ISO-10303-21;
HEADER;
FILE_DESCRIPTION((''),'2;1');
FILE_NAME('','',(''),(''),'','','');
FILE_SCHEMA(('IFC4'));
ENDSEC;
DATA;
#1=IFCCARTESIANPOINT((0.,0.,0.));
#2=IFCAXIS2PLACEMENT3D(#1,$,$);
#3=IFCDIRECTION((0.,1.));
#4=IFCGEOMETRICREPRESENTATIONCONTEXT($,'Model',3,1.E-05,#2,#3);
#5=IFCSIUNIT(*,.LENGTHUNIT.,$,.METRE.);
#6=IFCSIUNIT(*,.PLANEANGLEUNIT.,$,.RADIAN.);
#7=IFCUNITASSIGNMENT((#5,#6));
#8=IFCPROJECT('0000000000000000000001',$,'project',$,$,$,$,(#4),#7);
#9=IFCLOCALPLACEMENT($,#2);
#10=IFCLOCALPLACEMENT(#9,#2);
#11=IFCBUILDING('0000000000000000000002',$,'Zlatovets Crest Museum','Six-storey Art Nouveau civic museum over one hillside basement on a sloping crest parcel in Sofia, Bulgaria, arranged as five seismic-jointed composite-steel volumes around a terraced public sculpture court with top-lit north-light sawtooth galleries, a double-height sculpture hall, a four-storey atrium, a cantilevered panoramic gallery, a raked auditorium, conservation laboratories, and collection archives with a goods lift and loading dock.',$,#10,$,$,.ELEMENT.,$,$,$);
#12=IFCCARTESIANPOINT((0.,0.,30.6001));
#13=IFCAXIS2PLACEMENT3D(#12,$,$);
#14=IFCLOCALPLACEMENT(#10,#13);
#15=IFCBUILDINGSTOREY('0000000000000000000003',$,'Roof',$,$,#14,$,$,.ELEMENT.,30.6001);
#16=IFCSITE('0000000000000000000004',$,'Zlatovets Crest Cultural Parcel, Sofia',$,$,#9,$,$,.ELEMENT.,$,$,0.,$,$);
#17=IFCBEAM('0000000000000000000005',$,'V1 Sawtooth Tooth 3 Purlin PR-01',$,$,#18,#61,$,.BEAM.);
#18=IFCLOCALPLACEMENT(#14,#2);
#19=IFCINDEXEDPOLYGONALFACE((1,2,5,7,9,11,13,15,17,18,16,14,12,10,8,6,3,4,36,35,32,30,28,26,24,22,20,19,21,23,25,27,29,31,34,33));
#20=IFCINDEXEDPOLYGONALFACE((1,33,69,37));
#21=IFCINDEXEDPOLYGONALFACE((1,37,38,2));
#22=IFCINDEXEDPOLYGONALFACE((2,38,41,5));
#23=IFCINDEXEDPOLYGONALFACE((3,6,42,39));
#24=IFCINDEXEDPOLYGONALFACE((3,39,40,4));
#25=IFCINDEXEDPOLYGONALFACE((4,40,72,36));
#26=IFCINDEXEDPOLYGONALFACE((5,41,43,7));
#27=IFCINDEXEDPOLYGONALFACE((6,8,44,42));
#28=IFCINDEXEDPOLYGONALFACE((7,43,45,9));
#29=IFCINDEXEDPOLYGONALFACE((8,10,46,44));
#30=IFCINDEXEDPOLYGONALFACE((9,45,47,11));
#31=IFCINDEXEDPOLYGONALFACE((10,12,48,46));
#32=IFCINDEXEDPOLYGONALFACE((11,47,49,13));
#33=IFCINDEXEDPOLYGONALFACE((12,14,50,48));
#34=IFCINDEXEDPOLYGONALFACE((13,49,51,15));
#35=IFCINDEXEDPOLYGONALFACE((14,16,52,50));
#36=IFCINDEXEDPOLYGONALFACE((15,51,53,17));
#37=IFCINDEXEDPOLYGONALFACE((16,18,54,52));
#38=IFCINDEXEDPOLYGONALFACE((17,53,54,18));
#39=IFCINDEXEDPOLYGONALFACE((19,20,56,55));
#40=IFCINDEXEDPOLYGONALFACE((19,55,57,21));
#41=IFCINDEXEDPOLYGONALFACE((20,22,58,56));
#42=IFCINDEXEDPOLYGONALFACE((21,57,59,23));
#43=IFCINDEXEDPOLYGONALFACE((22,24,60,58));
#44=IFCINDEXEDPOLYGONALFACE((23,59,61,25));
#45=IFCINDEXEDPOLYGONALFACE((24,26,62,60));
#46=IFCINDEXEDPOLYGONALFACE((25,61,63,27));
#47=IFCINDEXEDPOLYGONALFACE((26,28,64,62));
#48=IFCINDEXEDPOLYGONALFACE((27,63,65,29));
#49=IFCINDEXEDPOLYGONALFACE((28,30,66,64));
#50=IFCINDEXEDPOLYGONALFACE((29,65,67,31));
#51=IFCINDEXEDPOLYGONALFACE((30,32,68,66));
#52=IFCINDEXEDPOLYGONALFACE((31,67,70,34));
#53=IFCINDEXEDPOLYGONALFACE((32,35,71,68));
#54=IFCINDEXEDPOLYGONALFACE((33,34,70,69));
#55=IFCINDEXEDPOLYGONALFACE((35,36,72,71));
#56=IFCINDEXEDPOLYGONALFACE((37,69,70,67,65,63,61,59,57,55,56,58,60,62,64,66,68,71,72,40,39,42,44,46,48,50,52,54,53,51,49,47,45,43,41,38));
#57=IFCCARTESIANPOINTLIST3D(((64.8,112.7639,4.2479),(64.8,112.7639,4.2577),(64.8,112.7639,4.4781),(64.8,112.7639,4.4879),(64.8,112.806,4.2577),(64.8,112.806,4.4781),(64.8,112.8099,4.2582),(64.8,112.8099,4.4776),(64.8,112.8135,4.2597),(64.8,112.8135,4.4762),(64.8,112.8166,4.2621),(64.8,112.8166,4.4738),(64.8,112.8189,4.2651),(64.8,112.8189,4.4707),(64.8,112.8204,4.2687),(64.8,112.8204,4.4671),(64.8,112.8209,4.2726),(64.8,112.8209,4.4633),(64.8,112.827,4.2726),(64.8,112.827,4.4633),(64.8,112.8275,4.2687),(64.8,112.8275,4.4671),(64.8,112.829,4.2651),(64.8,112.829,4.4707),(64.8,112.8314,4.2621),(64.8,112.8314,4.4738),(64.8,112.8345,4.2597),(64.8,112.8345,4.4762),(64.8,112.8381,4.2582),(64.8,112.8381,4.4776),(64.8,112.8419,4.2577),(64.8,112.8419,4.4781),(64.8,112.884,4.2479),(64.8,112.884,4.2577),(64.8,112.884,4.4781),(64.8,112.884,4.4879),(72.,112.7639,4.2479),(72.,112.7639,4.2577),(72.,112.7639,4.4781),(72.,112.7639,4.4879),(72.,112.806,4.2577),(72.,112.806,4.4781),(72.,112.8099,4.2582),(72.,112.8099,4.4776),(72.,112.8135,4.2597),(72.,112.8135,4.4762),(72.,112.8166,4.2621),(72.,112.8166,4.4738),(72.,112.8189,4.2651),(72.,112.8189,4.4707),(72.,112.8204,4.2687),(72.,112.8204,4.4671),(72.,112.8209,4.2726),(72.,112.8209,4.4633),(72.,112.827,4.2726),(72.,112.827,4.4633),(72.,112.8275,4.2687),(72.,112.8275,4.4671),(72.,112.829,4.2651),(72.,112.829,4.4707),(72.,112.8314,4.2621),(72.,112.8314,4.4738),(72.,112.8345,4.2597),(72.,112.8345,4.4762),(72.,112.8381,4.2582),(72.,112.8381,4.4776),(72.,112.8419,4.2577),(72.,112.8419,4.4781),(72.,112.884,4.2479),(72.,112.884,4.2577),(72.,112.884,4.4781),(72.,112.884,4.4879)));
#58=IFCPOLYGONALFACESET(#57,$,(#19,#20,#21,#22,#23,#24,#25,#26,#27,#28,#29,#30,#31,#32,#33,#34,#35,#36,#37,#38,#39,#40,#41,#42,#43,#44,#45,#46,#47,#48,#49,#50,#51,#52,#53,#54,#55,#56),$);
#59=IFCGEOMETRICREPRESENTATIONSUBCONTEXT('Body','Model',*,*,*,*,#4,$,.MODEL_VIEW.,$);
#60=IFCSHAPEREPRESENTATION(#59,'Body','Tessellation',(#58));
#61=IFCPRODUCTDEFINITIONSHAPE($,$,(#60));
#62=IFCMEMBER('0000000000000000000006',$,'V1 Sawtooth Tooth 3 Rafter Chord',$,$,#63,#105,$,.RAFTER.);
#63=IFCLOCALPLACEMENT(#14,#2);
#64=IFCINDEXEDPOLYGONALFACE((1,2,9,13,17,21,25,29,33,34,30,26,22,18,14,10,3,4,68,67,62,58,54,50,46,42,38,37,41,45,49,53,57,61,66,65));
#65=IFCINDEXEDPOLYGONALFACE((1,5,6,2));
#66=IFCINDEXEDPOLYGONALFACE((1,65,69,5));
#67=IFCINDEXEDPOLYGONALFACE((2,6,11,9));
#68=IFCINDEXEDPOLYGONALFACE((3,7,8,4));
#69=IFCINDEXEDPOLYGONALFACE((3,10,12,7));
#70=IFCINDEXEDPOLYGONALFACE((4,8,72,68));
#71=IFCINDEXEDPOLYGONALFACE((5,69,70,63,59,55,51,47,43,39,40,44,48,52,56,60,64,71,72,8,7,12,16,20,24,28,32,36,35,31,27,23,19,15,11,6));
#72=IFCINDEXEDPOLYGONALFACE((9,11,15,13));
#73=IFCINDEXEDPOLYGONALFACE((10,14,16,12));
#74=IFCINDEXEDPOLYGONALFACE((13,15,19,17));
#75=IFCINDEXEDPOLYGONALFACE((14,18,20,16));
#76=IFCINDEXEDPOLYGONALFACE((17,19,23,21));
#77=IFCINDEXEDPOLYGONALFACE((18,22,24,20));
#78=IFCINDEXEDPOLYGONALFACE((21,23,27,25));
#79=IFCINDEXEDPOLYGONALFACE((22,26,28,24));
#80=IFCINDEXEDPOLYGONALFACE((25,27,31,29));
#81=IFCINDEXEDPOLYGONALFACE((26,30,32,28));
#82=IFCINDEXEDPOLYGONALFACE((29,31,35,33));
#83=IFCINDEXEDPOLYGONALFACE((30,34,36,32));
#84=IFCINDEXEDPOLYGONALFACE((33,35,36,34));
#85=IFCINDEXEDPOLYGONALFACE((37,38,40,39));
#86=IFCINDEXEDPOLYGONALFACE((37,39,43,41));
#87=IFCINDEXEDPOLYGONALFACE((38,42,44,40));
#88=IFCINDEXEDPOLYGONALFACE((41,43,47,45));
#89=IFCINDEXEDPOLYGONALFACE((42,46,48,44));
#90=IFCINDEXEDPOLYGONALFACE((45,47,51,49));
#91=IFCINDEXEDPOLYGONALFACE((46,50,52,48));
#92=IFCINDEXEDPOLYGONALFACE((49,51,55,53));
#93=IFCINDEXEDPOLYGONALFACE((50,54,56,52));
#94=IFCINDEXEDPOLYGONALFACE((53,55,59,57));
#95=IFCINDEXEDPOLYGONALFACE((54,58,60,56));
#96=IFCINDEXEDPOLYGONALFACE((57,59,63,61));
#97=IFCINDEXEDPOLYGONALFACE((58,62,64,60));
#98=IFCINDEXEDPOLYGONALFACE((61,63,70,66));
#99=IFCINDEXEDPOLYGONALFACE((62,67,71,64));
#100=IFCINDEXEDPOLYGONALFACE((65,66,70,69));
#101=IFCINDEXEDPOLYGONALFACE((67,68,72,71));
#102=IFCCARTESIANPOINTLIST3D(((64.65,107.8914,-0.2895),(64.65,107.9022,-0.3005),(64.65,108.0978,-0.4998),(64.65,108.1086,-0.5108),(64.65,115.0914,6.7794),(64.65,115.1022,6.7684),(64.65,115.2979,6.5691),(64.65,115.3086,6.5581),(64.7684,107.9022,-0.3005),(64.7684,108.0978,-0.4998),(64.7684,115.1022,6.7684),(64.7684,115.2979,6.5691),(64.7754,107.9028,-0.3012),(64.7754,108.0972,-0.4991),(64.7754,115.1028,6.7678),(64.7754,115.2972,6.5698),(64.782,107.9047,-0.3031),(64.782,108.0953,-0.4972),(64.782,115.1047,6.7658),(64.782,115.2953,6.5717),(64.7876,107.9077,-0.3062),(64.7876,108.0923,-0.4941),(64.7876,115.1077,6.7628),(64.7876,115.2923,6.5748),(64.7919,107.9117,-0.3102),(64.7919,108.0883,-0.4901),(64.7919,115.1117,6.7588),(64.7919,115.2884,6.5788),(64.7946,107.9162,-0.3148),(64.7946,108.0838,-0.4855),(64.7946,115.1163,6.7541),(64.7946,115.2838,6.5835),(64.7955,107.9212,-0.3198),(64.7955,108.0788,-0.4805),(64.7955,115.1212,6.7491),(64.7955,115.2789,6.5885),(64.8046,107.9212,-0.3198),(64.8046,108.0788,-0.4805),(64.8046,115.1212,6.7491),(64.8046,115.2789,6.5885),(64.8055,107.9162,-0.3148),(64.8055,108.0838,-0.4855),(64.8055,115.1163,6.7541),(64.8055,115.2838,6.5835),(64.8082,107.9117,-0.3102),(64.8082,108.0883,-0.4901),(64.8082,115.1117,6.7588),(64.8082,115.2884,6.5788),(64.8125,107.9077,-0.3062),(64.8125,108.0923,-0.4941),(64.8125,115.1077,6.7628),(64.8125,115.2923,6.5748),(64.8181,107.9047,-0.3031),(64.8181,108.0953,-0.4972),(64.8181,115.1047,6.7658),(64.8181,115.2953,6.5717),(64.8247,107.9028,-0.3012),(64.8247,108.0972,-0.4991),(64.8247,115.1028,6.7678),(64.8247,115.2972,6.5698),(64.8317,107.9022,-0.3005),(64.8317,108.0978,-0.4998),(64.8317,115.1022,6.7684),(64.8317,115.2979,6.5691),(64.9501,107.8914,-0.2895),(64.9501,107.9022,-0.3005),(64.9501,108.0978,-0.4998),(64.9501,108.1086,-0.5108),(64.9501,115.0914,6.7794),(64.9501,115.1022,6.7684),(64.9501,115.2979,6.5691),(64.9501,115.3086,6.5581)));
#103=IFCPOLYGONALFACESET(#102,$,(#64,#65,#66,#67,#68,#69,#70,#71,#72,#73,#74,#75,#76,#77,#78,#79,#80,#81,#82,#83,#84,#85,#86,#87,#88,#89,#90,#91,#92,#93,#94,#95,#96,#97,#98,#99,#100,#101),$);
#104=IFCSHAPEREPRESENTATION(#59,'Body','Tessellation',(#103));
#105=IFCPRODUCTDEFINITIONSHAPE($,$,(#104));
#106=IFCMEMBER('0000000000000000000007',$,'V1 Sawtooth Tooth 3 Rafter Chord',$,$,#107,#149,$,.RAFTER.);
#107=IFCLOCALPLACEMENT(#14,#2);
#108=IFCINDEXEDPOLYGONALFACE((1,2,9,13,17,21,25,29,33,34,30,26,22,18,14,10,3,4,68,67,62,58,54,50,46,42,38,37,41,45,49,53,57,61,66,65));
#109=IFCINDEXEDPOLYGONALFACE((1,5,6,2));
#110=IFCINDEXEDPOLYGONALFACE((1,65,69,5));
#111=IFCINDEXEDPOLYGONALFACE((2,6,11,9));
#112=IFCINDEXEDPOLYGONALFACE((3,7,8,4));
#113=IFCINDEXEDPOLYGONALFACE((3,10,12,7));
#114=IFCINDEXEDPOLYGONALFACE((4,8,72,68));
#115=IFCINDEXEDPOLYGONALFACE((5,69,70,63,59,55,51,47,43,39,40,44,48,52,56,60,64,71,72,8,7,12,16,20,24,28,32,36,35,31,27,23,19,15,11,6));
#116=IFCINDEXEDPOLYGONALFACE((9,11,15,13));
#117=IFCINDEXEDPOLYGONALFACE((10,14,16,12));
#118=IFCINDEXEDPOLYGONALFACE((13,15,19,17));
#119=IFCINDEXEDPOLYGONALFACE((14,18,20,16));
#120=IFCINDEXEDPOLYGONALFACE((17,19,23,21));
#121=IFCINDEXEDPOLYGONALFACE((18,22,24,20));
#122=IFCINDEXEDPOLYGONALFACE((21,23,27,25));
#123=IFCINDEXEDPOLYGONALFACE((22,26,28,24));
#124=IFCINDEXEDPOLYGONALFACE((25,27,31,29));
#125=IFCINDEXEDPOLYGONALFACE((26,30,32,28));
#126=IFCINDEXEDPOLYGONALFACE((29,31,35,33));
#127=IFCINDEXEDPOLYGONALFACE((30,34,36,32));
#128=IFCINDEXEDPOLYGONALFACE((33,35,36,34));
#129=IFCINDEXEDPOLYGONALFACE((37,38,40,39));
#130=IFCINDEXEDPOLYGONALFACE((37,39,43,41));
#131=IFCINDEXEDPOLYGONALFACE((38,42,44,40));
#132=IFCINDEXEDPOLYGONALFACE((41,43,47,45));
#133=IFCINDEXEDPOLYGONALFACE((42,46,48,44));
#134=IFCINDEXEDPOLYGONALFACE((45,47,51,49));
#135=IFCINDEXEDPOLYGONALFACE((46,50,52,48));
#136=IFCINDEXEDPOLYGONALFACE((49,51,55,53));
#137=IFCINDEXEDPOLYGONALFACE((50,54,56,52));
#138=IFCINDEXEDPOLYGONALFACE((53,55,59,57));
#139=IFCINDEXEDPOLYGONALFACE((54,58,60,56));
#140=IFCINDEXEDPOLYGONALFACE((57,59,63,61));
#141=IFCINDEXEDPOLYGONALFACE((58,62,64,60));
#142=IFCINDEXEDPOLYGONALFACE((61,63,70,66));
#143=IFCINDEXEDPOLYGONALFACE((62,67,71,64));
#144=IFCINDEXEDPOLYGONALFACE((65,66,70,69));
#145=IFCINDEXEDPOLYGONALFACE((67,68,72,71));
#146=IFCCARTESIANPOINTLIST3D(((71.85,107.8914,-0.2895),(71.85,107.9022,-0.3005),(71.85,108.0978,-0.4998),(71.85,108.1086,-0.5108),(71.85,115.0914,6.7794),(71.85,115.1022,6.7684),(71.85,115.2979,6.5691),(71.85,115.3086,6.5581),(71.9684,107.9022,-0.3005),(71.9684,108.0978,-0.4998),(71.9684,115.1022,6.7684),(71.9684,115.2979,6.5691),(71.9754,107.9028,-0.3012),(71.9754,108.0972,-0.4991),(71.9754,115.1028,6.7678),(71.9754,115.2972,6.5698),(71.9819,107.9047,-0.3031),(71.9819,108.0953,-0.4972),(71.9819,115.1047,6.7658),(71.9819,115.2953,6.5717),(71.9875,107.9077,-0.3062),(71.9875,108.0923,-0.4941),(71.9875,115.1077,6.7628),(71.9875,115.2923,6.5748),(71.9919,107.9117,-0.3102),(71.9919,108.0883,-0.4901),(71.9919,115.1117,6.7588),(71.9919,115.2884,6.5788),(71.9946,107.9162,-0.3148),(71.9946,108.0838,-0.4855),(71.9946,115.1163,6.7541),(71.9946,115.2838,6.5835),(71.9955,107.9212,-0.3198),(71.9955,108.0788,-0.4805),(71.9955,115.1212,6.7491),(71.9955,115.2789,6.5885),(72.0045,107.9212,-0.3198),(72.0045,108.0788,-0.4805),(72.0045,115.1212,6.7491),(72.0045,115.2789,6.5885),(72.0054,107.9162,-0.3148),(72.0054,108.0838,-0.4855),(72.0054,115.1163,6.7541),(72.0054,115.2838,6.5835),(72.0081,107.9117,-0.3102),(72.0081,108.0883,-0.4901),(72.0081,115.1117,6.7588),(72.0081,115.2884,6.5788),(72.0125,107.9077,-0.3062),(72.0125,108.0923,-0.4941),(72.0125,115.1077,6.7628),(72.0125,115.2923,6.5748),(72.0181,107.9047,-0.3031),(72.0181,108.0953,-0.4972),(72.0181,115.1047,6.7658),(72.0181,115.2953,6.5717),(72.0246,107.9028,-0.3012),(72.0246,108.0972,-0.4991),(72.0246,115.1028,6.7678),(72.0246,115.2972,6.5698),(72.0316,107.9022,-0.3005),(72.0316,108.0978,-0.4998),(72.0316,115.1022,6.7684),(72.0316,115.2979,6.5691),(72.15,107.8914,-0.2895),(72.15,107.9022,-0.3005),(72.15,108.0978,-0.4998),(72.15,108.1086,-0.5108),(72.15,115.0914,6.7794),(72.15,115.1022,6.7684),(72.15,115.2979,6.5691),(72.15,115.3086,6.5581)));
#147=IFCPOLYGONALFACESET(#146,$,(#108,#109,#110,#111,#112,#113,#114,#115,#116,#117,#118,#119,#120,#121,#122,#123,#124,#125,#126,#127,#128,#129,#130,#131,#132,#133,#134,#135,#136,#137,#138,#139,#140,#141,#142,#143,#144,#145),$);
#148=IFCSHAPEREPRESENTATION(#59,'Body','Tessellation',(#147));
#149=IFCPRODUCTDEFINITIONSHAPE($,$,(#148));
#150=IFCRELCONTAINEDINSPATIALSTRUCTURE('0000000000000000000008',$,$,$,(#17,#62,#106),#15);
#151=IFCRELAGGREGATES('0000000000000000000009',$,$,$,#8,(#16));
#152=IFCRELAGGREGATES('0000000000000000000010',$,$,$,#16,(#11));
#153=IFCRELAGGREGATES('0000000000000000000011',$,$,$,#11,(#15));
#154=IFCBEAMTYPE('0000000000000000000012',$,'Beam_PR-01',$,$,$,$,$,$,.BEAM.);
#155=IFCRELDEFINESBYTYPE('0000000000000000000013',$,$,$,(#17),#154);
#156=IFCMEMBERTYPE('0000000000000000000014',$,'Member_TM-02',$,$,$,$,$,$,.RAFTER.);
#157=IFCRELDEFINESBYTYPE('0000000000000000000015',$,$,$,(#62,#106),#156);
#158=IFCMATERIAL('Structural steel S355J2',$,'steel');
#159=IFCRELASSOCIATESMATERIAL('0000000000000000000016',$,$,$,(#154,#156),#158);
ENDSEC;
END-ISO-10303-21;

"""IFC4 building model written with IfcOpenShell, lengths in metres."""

from ifc_helpers import new_model, si_unit, direction, frame, origin, origin_2d, place, context, subcontext, project, spatial, i_section, extrude, material, material_profile, profile_set, type_object, element, save


model = new_model("IFC4")

# Units and contexts
model_context = context("Model", 3, precision=1e-05, world=origin(), true_north=direction((0.0, 1.0)))
body_context = subcontext(model_context, "Body", "Model", "MODEL_VIEW")
ifc_project = project(units=[si_unit("LENGTHUNIT", "METRE"), si_unit("PLANEANGLEUNIT", "RADIAN")], contexts=[model_context])

# Site, building, storey
site_placement = place(None, origin())
site = spatial("IfcSite", under=ifc_project, at=site_placement, Name="Zlatovets Crest Cultural Parcel, Sofia", CompositionType="ELEMENT", RefElevation=0.0)
building_placement = place(site_placement, origin())
building = spatial("IfcBuilding", under=site, at=building_placement, Name="Zlatovets Crest Museum", Description="Six-storey Art Nouveau civic museum over one hillside basement on a sloping crest parcel in Sofia, Bulgaria, arranged as five seismic-jointed composite-steel volumes around a terraced public sculpture court with top-lit north-light sawtooth galleries, a double-height sculpture hall, a four-storey atrium, a cantilevered panoramic gallery, a raked auditorium, conservation laboratories, and collection archives with a goods lift and loading dock.", CompositionType="ELEMENT")
storey_placement = place(building_placement, frame((0.0, 0.0, 30.6001)))
storey = spatial("IfcBuildingStorey", under=building, at=storey_placement, Name="Roof", CompositionType="ELEMENT", Elevation=30.6001)

# Beam
ifc_material_1 = material(Name="Structural steel S355J2", Category="steel")
ifc_material_profile_1 = material_profile(ifc_material_1, i_section(OverallWidth=0.1201, OverallDepth=0.24, WebThickness=0.0061, FlangeThickness=0.0098, FilletRadius=0.0149, at=origin_2d()), Name="IPE 240")
ifc_profile_set_1 = profile_set([ifc_material_profile_1], Name="Structural steel S355J2")
beam_type_1 = type_object("IfcBeamType", Name="Beam_PR-01", PredefinedType="BEAM", material=ifc_profile_set_1)
for number, where, z_axis, x_axis, name in (
    (1, (64.8, 112.824, 4.3679), (1.0, 0.0, 0.0), (0.0, 1.0, 0.0), "V1 Sawtooth Tooth 3 Purlin PR-01"),
):
    element("IfcBeam", number, at=place(storey_placement, frame(where, z_axis=z_axis, x_axis=x_axis)), inside=storey, type_object=beam_type_1, Name=name, PredefinedType="BEAM", context=body_context, shape_type="SweptSolid", body=[
        extrude(i_section(OverallWidth=0.1201, OverallDepth=0.24, WebThickness=0.0061, FlangeThickness=0.0098, FilletRadius=0.0149, at=origin_2d()), origin(), (0.0, 0.0, 1.0), 7.2),
    ])

# Members
ifc_material_profile_2 = material_profile(ifc_material_1, i_section(OverallWidth=0.3, OverallDepth=0.3101, WebThickness=0.009, FlangeThickness=0.0154, FilletRadius=0.0271, at=origin_2d()), Name="HEA 320")
ifc_profile_set_2 = profile_set([ifc_material_profile_2], Name="Structural steel S355J2")
member_type_1 = type_object("IfcMemberType", Name="Member_TM-02", PredefinedType="RAFTER", material=ifc_profile_set_2)
for number, where, z_axis, x_axis, name in (
    (2, (64.8, 108.0, -0.4001), (0.0, 0.713574, 0.70058), (-1.0, 0.0, 0.0), "V1 Sawtooth Tooth 3 Rafter Chord"),
    (3, (72.0, 108.0, -0.4001), (0.0, 0.713574, 0.70058), (-1.0, 0.0, 0.0), "V1 Sawtooth Tooth 3 Rafter Chord"),
):
    element("IfcMember", number, at=place(storey_placement, frame(where, z_axis=z_axis, x_axis=x_axis)), inside=storey, type_object=member_type_1, Name=name, PredefinedType="RAFTER", context=body_context, shape_type="SweptSolid", body=[
        extrude(i_section(OverallWidth=0.3, OverallDepth=0.3101, WebThickness=0.009, FlangeThickness=0.0154, FilletRadius=0.0271, at=origin_2d()), origin(), (0.0, 0.0, 1.0), 10.0901),
    ])

save(model, "model.ifc")
